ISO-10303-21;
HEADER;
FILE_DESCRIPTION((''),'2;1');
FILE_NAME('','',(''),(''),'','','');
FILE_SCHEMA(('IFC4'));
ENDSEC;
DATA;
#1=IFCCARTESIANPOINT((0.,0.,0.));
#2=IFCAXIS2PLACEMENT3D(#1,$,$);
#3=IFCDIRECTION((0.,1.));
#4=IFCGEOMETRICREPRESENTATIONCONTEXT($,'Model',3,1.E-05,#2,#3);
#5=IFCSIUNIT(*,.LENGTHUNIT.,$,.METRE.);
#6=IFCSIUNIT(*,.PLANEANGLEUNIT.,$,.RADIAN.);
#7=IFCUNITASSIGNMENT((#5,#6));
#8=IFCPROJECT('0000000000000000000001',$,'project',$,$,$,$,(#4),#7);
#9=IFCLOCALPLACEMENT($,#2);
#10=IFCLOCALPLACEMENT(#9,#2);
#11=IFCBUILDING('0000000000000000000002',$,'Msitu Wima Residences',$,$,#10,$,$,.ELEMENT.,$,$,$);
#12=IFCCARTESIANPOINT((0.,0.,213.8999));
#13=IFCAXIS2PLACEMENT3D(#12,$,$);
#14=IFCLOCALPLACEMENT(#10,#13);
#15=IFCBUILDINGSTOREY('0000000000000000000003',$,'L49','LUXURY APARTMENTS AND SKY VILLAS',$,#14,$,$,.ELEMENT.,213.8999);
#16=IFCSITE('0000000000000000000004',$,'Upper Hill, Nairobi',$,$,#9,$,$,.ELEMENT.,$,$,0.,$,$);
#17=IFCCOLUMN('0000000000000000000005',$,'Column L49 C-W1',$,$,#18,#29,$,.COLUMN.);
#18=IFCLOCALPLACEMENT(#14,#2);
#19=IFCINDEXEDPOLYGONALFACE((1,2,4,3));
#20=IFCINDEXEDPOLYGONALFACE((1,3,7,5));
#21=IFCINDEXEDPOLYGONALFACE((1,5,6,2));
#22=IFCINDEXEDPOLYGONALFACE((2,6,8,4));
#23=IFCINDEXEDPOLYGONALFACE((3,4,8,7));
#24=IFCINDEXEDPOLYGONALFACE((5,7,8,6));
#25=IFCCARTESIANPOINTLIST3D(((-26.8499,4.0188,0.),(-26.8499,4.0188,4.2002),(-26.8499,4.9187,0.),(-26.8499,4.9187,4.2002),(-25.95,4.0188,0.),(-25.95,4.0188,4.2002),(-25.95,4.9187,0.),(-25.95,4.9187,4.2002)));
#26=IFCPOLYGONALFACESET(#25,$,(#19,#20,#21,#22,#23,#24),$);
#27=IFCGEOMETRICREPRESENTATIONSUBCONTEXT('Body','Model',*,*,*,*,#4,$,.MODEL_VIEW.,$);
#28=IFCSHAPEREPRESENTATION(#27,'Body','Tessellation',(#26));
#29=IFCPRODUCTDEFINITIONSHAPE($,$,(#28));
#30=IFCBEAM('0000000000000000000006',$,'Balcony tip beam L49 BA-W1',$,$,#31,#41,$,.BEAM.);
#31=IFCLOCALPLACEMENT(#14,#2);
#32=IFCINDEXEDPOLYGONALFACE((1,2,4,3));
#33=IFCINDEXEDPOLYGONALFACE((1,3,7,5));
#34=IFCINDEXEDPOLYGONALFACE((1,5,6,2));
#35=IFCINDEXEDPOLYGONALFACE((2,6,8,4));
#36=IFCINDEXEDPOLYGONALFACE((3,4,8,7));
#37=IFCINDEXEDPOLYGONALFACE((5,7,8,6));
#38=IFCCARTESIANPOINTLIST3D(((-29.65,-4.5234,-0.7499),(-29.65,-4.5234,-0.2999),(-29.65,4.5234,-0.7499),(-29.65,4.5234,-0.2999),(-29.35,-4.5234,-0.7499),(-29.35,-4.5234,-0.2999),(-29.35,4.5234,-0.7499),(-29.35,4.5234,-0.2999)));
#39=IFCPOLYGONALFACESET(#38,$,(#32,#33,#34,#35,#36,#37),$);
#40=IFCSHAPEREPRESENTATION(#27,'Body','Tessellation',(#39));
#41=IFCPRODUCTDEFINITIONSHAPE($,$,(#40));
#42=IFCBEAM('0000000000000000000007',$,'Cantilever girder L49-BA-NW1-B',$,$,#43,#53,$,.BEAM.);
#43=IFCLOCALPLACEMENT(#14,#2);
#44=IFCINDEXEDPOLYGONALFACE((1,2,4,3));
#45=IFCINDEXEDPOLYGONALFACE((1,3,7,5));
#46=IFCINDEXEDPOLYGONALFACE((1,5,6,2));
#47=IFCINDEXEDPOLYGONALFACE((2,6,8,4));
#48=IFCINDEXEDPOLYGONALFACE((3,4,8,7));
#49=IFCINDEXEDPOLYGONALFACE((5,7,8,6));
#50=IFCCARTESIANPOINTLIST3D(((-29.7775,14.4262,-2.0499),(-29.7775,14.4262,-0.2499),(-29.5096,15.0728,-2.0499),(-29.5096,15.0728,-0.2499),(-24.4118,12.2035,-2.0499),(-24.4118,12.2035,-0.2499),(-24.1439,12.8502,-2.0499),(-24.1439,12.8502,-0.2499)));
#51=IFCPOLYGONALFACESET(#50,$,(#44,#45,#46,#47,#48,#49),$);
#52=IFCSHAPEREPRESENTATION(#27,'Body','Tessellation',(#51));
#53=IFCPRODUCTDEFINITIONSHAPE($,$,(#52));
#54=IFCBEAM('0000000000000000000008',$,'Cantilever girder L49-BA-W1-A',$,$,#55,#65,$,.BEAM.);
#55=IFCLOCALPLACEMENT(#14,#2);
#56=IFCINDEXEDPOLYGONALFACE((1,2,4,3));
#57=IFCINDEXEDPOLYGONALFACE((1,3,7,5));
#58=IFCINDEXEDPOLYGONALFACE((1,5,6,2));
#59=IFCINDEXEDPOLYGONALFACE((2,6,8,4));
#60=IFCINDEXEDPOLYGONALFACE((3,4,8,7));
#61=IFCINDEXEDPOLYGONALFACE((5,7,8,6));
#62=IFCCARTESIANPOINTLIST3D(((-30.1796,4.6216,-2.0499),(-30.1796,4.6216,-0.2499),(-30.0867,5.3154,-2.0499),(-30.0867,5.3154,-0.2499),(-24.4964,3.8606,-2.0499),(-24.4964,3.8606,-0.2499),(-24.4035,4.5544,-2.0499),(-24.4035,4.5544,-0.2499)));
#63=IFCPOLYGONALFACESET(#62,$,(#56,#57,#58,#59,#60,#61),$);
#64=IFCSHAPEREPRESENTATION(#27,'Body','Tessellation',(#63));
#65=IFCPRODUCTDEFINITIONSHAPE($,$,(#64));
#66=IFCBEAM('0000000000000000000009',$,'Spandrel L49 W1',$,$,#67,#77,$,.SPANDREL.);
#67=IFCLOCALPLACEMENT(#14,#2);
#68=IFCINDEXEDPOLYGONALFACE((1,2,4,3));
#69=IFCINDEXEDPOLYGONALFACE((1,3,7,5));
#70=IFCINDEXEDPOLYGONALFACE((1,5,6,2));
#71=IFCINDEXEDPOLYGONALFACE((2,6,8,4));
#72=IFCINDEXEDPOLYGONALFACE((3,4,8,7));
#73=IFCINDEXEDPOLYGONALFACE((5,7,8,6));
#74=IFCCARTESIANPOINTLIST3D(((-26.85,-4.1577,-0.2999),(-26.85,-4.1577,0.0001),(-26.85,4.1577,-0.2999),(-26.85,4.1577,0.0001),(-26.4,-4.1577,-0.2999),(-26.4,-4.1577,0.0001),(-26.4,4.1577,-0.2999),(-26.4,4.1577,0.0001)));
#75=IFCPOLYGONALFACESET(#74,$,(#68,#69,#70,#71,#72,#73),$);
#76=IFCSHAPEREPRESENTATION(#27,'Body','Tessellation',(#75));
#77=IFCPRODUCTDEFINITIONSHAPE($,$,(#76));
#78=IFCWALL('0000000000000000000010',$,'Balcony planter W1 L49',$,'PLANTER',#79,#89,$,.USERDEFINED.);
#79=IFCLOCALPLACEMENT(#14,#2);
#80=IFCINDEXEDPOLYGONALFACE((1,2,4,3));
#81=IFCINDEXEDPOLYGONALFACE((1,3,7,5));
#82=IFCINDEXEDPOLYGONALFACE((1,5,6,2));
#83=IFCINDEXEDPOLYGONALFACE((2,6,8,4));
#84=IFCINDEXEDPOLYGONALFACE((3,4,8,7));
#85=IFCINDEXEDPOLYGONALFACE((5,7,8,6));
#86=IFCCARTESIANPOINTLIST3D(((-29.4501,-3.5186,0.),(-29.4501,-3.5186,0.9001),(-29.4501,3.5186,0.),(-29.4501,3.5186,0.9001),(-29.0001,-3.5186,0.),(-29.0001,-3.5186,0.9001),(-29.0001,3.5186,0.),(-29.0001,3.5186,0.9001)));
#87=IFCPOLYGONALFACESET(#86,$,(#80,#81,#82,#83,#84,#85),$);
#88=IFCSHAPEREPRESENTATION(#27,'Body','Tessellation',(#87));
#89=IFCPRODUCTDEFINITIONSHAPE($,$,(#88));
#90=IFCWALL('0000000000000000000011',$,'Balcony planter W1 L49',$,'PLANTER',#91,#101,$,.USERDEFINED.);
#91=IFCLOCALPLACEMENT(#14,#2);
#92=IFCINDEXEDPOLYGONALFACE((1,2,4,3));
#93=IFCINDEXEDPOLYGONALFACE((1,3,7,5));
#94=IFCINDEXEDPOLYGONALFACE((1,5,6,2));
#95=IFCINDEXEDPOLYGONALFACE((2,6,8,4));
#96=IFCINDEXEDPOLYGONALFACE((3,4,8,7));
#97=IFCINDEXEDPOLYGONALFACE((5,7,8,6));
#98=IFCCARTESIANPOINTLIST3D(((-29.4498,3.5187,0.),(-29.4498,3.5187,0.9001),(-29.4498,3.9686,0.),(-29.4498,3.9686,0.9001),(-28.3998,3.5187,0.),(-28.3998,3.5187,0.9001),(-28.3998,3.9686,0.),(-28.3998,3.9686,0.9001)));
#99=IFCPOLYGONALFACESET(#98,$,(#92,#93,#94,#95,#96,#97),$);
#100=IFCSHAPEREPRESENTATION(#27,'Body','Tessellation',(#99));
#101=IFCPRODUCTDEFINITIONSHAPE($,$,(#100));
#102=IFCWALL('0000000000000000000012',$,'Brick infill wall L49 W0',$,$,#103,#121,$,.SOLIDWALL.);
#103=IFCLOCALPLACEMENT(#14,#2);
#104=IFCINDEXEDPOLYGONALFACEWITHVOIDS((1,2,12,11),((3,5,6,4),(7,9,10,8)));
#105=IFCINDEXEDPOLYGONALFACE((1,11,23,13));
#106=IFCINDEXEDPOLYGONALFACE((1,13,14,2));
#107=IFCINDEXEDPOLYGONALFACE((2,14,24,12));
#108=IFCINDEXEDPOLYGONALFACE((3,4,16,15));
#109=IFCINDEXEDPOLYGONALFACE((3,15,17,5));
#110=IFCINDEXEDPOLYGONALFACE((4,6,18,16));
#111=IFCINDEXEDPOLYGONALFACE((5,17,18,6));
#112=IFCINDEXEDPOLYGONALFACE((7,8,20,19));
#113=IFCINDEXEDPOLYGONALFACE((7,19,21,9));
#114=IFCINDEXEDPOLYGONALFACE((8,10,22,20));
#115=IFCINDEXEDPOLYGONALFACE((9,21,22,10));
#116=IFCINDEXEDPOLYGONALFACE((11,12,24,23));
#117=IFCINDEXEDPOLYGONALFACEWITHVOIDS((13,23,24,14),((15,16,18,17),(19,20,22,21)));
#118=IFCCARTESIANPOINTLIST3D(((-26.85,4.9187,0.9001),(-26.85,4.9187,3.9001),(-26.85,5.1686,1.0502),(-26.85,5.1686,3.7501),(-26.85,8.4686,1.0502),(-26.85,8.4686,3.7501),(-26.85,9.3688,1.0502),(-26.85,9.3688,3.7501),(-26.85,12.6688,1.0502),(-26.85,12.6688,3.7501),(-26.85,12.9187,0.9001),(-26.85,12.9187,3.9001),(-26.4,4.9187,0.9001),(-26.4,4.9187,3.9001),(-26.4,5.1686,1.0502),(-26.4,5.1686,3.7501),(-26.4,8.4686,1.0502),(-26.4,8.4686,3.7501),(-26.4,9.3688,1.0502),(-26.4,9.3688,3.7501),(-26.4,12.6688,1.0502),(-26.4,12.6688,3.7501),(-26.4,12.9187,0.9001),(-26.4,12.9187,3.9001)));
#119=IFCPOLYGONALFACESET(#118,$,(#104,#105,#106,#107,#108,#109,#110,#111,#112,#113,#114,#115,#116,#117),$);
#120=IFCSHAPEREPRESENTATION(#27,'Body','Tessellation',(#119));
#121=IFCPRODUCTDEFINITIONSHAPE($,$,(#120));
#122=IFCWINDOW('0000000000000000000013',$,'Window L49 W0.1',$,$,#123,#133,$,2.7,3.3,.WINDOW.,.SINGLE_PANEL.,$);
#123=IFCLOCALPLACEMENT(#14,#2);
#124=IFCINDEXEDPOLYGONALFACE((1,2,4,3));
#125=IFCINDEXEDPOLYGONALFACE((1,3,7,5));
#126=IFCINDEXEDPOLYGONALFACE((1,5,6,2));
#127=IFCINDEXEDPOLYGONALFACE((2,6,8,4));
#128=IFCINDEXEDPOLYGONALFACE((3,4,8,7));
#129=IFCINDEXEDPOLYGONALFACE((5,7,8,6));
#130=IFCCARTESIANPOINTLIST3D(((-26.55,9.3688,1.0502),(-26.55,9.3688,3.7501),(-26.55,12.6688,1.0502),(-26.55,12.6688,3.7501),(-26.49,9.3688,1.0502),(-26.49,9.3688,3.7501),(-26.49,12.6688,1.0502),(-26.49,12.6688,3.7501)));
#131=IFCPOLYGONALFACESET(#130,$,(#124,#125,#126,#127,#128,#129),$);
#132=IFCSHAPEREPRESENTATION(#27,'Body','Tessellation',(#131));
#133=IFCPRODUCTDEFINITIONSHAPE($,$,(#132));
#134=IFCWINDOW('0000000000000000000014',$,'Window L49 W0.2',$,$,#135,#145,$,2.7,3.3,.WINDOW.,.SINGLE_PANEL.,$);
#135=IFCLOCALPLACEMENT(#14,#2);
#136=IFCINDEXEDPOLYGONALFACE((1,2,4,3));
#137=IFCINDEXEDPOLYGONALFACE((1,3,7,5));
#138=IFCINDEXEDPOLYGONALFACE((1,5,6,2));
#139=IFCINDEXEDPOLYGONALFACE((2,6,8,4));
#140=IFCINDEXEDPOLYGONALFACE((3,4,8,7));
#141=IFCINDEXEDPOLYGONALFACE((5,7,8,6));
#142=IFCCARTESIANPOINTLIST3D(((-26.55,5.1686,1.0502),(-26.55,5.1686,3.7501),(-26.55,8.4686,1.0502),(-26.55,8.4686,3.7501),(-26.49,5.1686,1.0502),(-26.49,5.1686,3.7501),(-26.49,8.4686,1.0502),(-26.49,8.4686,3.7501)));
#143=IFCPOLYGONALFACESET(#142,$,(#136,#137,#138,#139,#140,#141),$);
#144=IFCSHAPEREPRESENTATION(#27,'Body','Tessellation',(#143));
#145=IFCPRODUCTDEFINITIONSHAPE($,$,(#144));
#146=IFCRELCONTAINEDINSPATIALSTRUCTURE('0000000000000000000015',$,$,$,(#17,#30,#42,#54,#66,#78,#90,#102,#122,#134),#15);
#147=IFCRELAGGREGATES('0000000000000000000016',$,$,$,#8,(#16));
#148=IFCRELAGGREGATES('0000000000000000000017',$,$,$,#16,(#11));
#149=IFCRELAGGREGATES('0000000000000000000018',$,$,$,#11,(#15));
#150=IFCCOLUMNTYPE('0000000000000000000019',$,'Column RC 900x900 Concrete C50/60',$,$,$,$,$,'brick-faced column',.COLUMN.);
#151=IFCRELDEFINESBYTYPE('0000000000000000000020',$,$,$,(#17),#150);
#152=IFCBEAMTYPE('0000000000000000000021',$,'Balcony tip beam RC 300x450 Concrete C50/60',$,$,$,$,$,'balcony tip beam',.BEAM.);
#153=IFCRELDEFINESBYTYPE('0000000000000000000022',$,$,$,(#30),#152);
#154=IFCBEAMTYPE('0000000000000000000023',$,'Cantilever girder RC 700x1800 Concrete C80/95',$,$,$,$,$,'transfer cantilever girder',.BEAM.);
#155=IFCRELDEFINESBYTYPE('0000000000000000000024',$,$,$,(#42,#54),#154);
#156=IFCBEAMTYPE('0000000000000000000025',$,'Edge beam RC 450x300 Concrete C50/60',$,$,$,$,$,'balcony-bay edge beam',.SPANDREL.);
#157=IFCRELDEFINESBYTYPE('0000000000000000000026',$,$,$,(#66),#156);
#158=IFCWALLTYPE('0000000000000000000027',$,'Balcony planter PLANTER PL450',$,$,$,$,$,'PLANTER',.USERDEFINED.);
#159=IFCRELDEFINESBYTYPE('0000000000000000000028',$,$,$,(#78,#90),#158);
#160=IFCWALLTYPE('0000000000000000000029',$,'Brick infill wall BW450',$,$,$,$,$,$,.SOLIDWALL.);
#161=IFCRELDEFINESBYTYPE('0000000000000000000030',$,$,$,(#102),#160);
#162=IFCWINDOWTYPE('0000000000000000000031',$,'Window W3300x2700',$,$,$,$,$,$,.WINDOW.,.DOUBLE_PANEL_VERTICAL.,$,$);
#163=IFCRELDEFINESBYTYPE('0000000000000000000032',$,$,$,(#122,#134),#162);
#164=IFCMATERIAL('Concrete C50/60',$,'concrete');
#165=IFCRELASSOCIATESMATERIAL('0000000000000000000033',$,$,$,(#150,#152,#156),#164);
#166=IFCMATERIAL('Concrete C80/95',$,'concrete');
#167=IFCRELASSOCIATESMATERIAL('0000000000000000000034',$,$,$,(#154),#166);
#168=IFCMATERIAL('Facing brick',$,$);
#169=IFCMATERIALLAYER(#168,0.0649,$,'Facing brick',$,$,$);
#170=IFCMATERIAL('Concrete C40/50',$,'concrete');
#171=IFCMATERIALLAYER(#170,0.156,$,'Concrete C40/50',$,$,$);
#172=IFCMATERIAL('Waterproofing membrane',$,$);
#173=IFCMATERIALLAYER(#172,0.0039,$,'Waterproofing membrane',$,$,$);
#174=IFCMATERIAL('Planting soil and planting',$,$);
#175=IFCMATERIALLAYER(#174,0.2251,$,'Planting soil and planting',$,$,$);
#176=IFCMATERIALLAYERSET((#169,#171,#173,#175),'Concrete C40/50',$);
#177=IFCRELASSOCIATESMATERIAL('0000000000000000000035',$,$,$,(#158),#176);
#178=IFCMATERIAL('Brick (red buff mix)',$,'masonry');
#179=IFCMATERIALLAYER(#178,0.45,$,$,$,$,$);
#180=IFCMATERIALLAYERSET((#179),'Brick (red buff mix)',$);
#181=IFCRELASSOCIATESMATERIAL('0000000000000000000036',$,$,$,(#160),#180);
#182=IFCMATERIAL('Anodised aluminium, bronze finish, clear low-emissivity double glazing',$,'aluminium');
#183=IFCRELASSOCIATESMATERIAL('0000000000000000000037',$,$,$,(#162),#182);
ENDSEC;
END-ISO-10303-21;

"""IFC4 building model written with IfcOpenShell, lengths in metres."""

from ifc_helpers import new_model, si_unit, direction, frame, frame_2d, origin, origin_2d, place, context, subcontext, project, spatial, rectangle, extrude, material, layer, layer_set, material_profile, profile_set, type_object, element, fill, save


model = new_model("IFC4")

# Units and contexts
model_context = context("Model", 3, precision=1e-05, world=origin(), true_north=direction((0.0, 1.0)))
body_context = subcontext(model_context, "Body", "Model", "MODEL_VIEW")
ifc_project = project(units=[si_unit("LENGTHUNIT", "METRE"), si_unit("PLANEANGLEUNIT", "RADIAN")], contexts=[model_context])

# Site, building, storey
site_placement = place(None, origin())
site = spatial("IfcSite", under=ifc_project, at=site_placement, Name="Upper Hill, Nairobi", CompositionType="ELEMENT", RefElevation=0.0)
building_placement = place(site_placement, origin())
building = spatial("IfcBuilding", under=site, at=building_placement, Name="Msitu Wima Residences", CompositionType="ELEMENT")
storey_placement = place(building_placement, frame((0.0, 0.0, 213.8999)))
storey = spatial("IfcBuildingStorey", under=building, at=storey_placement, Name="L49", Description="LUXURY APARTMENTS AND SKY VILLAS", CompositionType="ELEMENT", Elevation=213.8999)

# Column
ifc_material_1 = material(Name="Concrete C50/60", Category="concrete")
ifc_material_profile_1 = material_profile(ifc_material_1, rectangle(XDim=0.8999, YDim=0.8999, at=origin_2d()), Name="RC 900x900")
ifc_profile_set_1 = profile_set([ifc_material_profile_1], Name="Concrete C50/60")
column_type = type_object("IfcColumnType", Name="Column RC 900x900 Concrete C50/60", ElementType="brick-faced column", PredefinedType="COLUMN", material=ifc_profile_set_1)
column_placement = place(storey_placement, frame((-26.3999, 4.4688, 0.0), z_axis=(0.0, 0.0, 1.0), x_axis=(0.0, -1.0, 0.0)))
element("IfcColumn", 1, at=column_placement, inside=storey, type_object=column_type, Name="Column L49 C-W1", PredefinedType="COLUMN", context=body_context, shape_type="SweptSolid", body=[
    extrude(rectangle(XDim=0.8999, YDim=0.8999, at=origin_2d()), origin(), (0.0, 0.0, 1.0), 4.2002),
])

# Beams
ifc_material_profile_2 = material_profile(ifc_material_1, rectangle(XDim=0.3, YDim=0.45, at=origin_2d()), Name="RC 300x450")
ifc_profile_set_2 = profile_set([ifc_material_profile_2], Name="Concrete C50/60")
beam_type_1 = type_object("IfcBeamType", Name="Balcony tip beam RC 300x450 Concrete C50/60", ElementType="balcony tip beam", PredefinedType="BEAM", material=ifc_profile_set_2)
beam_1_placement = place(storey_placement, frame((-29.5, 4.5234, -0.5249), z_axis=(0.0, -1.0, 0.0), x_axis=(1.0, 0.0, 0.0)))
element("IfcBeam", 2, at=beam_1_placement, inside=storey, type_object=beam_type_1, Name="Balcony tip beam L49 BA-W1", PredefinedType="BEAM", context=body_context, shape_type="SweptSolid", body=[
    extrude(rectangle(XDim=0.3, YDim=0.45, at=origin_2d()), origin(), (0.0, 0.0, 1.0), 9.0469),
])
ifc_material_2 = material(Name="Concrete C80/95", Category="concrete")
ifc_material_profile_3 = material_profile(ifc_material_2, rectangle(XDim=0.7, YDim=1.8, at=origin_2d()), Name="RC 700x1800")
ifc_profile_set_3 = profile_set([ifc_material_profile_3], Name="Concrete C80/95")
beam_type_2 = type_object("IfcBeamType", Name="Cantilever girder RC 700x1800 Concrete C80/95", ElementType="transfer cantilever girder", PredefinedType="BEAM", material=ifc_profile_set_3)
beam_2_placement = place(storey_placement, frame((-24.2778, 12.5269, -1.1499), z_axis=(-0.923873, 0.382698, 0.0), x_axis=(-0.382698, -0.923873, 0.0)))
element("IfcBeam", 3, at=beam_2_placement, inside=storey, type_object=beam_type_2, Name="Cantilever girder L49-BA-NW1-B", PredefinedType="BEAM", context=body_context, shape_type="SweptSolid", body=[
    extrude(rectangle(XDim=0.7, YDim=1.8, at=origin_2d()), origin(), (0.0, 0.0, 1.0), 5.8079),
])
beam_3_placement = place(storey_placement, frame((-24.45, 4.2075, -1.1499), z_axis=(-0.991154, 0.132719, 0.0), x_axis=(-0.132719, -0.991154, 0.0)))
element("IfcBeam", 4, at=beam_3_placement, inside=storey, type_object=beam_type_2, Name="Cantilever girder L49-BA-W1-A", PredefinedType="BEAM", context=body_context, shape_type="SweptSolid", body=[
    extrude(rectangle(XDim=0.7, YDim=1.8, at=origin_2d()), origin(), (0.0, 0.0, 1.0), 5.7339),
])
ifc_material_profile_4 = material_profile(ifc_material_1, rectangle(XDim=0.45, YDim=0.3, at=origin_2d()), Name="RC 450x300")
ifc_profile_set_4 = profile_set([ifc_material_profile_4], Name="Concrete C50/60")
beam_type_3 = type_object("IfcBeamType", Name="Edge beam RC 450x300 Concrete C50/60", ElementType="balcony-bay edge beam", PredefinedType="SPANDREL", material=ifc_profile_set_4)
beam_4_placement = place(storey_placement, frame((-26.625, 4.1577, -0.1499), z_axis=(0.0, -1.0, 0.0), x_axis=(1.0, 0.0, 0.0)))
element("IfcBeam", 5, at=beam_4_placement, inside=storey, type_object=beam_type_3, Name="Spandrel L49 W1", PredefinedType="SPANDREL", context=body_context, shape_type="SweptSolid", body=[
    extrude(rectangle(XDim=0.45, YDim=0.3, at=origin_2d()), origin(), (0.0, 0.0, 1.0), 8.3154),
])

# Walls
ifc_material_3 = material(Name="Facing brick")
ifc_layer_1 = layer(ifc_material_3, 0.0649, Name="Facing brick")
ifc_material_4 = material(Name="Concrete C40/50", Category="concrete")
ifc_layer_2 = layer(ifc_material_4, 0.156, Name="Concrete C40/50")
ifc_material_5 = material(Name="Waterproofing membrane")
ifc_layer_3 = layer(ifc_material_5, 0.0039, Name="Waterproofing membrane")
ifc_material_6 = material(Name="Planting soil and planting")
ifc_layer_4 = layer(ifc_material_6, 0.2251, Name="Planting soil and planting")
ifc_layer_set_1 = layer_set([ifc_layer_1, ifc_layer_2, ifc_layer_3, ifc_layer_4], Name="Concrete C40/50")
wall_type_1 = type_object("IfcWallType", Name="Balcony planter PLANTER PL450", ElementType="PLANTER", PredefinedType="USERDEFINED", material=ifc_layer_set_1)
wall_1_placement = place(storey_placement, frame((-29.2251, 3.5186, 0.0), z_axis=(0.0, 0.0, 1.0), x_axis=(0.0, -1.0, 0.0)))
element("IfcWall", 6, at=wall_1_placement, inside=storey, type_object=wall_type_1, Name="Balcony planter W1 L49", ObjectType="PLANTER", PredefinedType="USERDEFINED", context=body_context, shape_type="SweptSolid", body=[
    extrude(rectangle(XDim=7.0371, YDim=0.45, at=frame_2d((3.5186, 0.0))), origin(), (0.0, 0.0, 1.0), 0.9001),
])
wall_2_placement = place(storey_placement, frame((-28.3999, 3.7437, 0.0), z_axis=(0.0, 0.0, 1.0), x_axis=(-1.0, 0.0, 0.0)))
element("IfcWall", 7, at=wall_2_placement, inside=storey, type_object=wall_type_1, Name="Balcony planter W1 L49", ObjectType="PLANTER", PredefinedType="USERDEFINED", context=body_context, shape_type="SweptSolid", body=[
    extrude(rectangle(XDim=1.05, YDim=0.45, at=frame_2d((0.5249, 0.0))), origin(), (0.0, 0.0, 1.0), 0.9001),
])

# Wall, openings, windows
ifc_material_7 = material(Name="Brick (red buff mix)", Category="masonry")
ifc_layer_5 = layer(ifc_material_7, 0.45)
ifc_layer_set_2 = layer_set([ifc_layer_5], Name="Brick (red buff mix)")
wall_type_2 = type_object("IfcWallType", Name="Brick infill wall BW450", PredefinedType="SOLIDWALL", material=ifc_layer_set_2)
wall_3_placement = place(storey_placement, frame((-26.625, 12.9187, 0.9001), z_axis=(0.0, 0.0, 1.0), x_axis=(0.0, -1.0, 0.0)))
wall_3 = element("IfcWall", 8, at=wall_3_placement, inside=storey, type_object=wall_type_2, Name="Brick infill wall L49 W0", PredefinedType="SOLIDWALL", context=body_context, shape_type="SweptSolid", body=[
    extrude(rectangle(XDim=8.0, YDim=0.45, at=frame_2d((4.0, 0.0))), origin(), (0.0, 0.0, 1.0), 3.0),
])
opening_1_placement = place(wall_3_placement, frame((0.25, 0.0, 0.1499)))
opening_1 = element("IfcOpeningElement", 9, at=opening_1_placement, cuts=wall_3, PredefinedType="OPENING", context=body_context, shape_type="SweptSolid", body=[
    extrude(rectangle(XDim=3.3, YDim=2.7, at=frame_2d((1.6499, 1.3501))), frame((0.0, 0.2349, 0.0), z_axis=(0.0, -1.0, 0.0), x_axis=(1.0, 0.0, 0.0)), (0.0, 0.0, 1.0), 0.47),
])
opening_2_placement = place(wall_3_placement, frame((4.4502, 0.0, 0.1499)))
opening_2 = element("IfcOpeningElement", 10, at=opening_2_placement, cuts=wall_3, PredefinedType="OPENING", context=body_context, shape_type="SweptSolid", body=[
    extrude(rectangle(XDim=3.3, YDim=2.7, at=frame_2d((1.6499, 1.3501))), frame((0.0, 0.2349, 0.0), z_axis=(0.0, -1.0, 0.0), x_axis=(1.0, 0.0, 0.0)), (0.0, 0.0, 1.0), 0.47),
])
ifc_material_8 = material(Name="Anodised aluminium, bronze finish, clear low-emissivity double glazing", Category="aluminium")
window_type = type_object("IfcWindowType", Name="Window W3300x2700", PartitioningType="DOUBLE_PANEL_VERTICAL", PredefinedType="WINDOW", material=ifc_material_8)
window_1_placement = place(opening_1_placement, origin())
window_1 = element("IfcWindow", 11, at=window_1_placement, inside=storey, type_object=window_type, Name="Window L49 W0.1", OverallHeight=2.7, OverallWidth=3.3, PartitioningType="SINGLE_PANEL", PredefinedType="WINDOW", context=body_context, shape_type="SweptSolid", body=[
    extrude(rectangle(XDim=3.3, YDim=2.7, at=frame_2d((1.6499, 1.3501))), frame((0.0, 0.135, 0.0), z_axis=(0.0, -1.0, 0.0), x_axis=(1.0, 0.0, 0.0)), (0.0, 0.0, 1.0), 0.0601),
])
fill(opening_1, window_1)
window_2_placement = place(opening_2_placement, origin())
window_2 = element("IfcWindow", 12, at=window_2_placement, inside=storey, type_object=window_type, Name="Window L49 W0.2", OverallHeight=2.7, OverallWidth=3.3, PartitioningType="SINGLE_PANEL", PredefinedType="WINDOW", context=body_context, shape_type="SweptSolid", body=[
    extrude(rectangle(XDim=3.3, YDim=2.7, at=frame_2d((1.6499, 1.3501))), frame((0.0, 0.135, 0.0), z_axis=(0.0, -1.0, 0.0), x_axis=(1.0, 0.0, 0.0)), (0.0, 0.0, 1.0), 0.0601),
])
fill(opening_2, window_2)

save(model, "model.ifc")
